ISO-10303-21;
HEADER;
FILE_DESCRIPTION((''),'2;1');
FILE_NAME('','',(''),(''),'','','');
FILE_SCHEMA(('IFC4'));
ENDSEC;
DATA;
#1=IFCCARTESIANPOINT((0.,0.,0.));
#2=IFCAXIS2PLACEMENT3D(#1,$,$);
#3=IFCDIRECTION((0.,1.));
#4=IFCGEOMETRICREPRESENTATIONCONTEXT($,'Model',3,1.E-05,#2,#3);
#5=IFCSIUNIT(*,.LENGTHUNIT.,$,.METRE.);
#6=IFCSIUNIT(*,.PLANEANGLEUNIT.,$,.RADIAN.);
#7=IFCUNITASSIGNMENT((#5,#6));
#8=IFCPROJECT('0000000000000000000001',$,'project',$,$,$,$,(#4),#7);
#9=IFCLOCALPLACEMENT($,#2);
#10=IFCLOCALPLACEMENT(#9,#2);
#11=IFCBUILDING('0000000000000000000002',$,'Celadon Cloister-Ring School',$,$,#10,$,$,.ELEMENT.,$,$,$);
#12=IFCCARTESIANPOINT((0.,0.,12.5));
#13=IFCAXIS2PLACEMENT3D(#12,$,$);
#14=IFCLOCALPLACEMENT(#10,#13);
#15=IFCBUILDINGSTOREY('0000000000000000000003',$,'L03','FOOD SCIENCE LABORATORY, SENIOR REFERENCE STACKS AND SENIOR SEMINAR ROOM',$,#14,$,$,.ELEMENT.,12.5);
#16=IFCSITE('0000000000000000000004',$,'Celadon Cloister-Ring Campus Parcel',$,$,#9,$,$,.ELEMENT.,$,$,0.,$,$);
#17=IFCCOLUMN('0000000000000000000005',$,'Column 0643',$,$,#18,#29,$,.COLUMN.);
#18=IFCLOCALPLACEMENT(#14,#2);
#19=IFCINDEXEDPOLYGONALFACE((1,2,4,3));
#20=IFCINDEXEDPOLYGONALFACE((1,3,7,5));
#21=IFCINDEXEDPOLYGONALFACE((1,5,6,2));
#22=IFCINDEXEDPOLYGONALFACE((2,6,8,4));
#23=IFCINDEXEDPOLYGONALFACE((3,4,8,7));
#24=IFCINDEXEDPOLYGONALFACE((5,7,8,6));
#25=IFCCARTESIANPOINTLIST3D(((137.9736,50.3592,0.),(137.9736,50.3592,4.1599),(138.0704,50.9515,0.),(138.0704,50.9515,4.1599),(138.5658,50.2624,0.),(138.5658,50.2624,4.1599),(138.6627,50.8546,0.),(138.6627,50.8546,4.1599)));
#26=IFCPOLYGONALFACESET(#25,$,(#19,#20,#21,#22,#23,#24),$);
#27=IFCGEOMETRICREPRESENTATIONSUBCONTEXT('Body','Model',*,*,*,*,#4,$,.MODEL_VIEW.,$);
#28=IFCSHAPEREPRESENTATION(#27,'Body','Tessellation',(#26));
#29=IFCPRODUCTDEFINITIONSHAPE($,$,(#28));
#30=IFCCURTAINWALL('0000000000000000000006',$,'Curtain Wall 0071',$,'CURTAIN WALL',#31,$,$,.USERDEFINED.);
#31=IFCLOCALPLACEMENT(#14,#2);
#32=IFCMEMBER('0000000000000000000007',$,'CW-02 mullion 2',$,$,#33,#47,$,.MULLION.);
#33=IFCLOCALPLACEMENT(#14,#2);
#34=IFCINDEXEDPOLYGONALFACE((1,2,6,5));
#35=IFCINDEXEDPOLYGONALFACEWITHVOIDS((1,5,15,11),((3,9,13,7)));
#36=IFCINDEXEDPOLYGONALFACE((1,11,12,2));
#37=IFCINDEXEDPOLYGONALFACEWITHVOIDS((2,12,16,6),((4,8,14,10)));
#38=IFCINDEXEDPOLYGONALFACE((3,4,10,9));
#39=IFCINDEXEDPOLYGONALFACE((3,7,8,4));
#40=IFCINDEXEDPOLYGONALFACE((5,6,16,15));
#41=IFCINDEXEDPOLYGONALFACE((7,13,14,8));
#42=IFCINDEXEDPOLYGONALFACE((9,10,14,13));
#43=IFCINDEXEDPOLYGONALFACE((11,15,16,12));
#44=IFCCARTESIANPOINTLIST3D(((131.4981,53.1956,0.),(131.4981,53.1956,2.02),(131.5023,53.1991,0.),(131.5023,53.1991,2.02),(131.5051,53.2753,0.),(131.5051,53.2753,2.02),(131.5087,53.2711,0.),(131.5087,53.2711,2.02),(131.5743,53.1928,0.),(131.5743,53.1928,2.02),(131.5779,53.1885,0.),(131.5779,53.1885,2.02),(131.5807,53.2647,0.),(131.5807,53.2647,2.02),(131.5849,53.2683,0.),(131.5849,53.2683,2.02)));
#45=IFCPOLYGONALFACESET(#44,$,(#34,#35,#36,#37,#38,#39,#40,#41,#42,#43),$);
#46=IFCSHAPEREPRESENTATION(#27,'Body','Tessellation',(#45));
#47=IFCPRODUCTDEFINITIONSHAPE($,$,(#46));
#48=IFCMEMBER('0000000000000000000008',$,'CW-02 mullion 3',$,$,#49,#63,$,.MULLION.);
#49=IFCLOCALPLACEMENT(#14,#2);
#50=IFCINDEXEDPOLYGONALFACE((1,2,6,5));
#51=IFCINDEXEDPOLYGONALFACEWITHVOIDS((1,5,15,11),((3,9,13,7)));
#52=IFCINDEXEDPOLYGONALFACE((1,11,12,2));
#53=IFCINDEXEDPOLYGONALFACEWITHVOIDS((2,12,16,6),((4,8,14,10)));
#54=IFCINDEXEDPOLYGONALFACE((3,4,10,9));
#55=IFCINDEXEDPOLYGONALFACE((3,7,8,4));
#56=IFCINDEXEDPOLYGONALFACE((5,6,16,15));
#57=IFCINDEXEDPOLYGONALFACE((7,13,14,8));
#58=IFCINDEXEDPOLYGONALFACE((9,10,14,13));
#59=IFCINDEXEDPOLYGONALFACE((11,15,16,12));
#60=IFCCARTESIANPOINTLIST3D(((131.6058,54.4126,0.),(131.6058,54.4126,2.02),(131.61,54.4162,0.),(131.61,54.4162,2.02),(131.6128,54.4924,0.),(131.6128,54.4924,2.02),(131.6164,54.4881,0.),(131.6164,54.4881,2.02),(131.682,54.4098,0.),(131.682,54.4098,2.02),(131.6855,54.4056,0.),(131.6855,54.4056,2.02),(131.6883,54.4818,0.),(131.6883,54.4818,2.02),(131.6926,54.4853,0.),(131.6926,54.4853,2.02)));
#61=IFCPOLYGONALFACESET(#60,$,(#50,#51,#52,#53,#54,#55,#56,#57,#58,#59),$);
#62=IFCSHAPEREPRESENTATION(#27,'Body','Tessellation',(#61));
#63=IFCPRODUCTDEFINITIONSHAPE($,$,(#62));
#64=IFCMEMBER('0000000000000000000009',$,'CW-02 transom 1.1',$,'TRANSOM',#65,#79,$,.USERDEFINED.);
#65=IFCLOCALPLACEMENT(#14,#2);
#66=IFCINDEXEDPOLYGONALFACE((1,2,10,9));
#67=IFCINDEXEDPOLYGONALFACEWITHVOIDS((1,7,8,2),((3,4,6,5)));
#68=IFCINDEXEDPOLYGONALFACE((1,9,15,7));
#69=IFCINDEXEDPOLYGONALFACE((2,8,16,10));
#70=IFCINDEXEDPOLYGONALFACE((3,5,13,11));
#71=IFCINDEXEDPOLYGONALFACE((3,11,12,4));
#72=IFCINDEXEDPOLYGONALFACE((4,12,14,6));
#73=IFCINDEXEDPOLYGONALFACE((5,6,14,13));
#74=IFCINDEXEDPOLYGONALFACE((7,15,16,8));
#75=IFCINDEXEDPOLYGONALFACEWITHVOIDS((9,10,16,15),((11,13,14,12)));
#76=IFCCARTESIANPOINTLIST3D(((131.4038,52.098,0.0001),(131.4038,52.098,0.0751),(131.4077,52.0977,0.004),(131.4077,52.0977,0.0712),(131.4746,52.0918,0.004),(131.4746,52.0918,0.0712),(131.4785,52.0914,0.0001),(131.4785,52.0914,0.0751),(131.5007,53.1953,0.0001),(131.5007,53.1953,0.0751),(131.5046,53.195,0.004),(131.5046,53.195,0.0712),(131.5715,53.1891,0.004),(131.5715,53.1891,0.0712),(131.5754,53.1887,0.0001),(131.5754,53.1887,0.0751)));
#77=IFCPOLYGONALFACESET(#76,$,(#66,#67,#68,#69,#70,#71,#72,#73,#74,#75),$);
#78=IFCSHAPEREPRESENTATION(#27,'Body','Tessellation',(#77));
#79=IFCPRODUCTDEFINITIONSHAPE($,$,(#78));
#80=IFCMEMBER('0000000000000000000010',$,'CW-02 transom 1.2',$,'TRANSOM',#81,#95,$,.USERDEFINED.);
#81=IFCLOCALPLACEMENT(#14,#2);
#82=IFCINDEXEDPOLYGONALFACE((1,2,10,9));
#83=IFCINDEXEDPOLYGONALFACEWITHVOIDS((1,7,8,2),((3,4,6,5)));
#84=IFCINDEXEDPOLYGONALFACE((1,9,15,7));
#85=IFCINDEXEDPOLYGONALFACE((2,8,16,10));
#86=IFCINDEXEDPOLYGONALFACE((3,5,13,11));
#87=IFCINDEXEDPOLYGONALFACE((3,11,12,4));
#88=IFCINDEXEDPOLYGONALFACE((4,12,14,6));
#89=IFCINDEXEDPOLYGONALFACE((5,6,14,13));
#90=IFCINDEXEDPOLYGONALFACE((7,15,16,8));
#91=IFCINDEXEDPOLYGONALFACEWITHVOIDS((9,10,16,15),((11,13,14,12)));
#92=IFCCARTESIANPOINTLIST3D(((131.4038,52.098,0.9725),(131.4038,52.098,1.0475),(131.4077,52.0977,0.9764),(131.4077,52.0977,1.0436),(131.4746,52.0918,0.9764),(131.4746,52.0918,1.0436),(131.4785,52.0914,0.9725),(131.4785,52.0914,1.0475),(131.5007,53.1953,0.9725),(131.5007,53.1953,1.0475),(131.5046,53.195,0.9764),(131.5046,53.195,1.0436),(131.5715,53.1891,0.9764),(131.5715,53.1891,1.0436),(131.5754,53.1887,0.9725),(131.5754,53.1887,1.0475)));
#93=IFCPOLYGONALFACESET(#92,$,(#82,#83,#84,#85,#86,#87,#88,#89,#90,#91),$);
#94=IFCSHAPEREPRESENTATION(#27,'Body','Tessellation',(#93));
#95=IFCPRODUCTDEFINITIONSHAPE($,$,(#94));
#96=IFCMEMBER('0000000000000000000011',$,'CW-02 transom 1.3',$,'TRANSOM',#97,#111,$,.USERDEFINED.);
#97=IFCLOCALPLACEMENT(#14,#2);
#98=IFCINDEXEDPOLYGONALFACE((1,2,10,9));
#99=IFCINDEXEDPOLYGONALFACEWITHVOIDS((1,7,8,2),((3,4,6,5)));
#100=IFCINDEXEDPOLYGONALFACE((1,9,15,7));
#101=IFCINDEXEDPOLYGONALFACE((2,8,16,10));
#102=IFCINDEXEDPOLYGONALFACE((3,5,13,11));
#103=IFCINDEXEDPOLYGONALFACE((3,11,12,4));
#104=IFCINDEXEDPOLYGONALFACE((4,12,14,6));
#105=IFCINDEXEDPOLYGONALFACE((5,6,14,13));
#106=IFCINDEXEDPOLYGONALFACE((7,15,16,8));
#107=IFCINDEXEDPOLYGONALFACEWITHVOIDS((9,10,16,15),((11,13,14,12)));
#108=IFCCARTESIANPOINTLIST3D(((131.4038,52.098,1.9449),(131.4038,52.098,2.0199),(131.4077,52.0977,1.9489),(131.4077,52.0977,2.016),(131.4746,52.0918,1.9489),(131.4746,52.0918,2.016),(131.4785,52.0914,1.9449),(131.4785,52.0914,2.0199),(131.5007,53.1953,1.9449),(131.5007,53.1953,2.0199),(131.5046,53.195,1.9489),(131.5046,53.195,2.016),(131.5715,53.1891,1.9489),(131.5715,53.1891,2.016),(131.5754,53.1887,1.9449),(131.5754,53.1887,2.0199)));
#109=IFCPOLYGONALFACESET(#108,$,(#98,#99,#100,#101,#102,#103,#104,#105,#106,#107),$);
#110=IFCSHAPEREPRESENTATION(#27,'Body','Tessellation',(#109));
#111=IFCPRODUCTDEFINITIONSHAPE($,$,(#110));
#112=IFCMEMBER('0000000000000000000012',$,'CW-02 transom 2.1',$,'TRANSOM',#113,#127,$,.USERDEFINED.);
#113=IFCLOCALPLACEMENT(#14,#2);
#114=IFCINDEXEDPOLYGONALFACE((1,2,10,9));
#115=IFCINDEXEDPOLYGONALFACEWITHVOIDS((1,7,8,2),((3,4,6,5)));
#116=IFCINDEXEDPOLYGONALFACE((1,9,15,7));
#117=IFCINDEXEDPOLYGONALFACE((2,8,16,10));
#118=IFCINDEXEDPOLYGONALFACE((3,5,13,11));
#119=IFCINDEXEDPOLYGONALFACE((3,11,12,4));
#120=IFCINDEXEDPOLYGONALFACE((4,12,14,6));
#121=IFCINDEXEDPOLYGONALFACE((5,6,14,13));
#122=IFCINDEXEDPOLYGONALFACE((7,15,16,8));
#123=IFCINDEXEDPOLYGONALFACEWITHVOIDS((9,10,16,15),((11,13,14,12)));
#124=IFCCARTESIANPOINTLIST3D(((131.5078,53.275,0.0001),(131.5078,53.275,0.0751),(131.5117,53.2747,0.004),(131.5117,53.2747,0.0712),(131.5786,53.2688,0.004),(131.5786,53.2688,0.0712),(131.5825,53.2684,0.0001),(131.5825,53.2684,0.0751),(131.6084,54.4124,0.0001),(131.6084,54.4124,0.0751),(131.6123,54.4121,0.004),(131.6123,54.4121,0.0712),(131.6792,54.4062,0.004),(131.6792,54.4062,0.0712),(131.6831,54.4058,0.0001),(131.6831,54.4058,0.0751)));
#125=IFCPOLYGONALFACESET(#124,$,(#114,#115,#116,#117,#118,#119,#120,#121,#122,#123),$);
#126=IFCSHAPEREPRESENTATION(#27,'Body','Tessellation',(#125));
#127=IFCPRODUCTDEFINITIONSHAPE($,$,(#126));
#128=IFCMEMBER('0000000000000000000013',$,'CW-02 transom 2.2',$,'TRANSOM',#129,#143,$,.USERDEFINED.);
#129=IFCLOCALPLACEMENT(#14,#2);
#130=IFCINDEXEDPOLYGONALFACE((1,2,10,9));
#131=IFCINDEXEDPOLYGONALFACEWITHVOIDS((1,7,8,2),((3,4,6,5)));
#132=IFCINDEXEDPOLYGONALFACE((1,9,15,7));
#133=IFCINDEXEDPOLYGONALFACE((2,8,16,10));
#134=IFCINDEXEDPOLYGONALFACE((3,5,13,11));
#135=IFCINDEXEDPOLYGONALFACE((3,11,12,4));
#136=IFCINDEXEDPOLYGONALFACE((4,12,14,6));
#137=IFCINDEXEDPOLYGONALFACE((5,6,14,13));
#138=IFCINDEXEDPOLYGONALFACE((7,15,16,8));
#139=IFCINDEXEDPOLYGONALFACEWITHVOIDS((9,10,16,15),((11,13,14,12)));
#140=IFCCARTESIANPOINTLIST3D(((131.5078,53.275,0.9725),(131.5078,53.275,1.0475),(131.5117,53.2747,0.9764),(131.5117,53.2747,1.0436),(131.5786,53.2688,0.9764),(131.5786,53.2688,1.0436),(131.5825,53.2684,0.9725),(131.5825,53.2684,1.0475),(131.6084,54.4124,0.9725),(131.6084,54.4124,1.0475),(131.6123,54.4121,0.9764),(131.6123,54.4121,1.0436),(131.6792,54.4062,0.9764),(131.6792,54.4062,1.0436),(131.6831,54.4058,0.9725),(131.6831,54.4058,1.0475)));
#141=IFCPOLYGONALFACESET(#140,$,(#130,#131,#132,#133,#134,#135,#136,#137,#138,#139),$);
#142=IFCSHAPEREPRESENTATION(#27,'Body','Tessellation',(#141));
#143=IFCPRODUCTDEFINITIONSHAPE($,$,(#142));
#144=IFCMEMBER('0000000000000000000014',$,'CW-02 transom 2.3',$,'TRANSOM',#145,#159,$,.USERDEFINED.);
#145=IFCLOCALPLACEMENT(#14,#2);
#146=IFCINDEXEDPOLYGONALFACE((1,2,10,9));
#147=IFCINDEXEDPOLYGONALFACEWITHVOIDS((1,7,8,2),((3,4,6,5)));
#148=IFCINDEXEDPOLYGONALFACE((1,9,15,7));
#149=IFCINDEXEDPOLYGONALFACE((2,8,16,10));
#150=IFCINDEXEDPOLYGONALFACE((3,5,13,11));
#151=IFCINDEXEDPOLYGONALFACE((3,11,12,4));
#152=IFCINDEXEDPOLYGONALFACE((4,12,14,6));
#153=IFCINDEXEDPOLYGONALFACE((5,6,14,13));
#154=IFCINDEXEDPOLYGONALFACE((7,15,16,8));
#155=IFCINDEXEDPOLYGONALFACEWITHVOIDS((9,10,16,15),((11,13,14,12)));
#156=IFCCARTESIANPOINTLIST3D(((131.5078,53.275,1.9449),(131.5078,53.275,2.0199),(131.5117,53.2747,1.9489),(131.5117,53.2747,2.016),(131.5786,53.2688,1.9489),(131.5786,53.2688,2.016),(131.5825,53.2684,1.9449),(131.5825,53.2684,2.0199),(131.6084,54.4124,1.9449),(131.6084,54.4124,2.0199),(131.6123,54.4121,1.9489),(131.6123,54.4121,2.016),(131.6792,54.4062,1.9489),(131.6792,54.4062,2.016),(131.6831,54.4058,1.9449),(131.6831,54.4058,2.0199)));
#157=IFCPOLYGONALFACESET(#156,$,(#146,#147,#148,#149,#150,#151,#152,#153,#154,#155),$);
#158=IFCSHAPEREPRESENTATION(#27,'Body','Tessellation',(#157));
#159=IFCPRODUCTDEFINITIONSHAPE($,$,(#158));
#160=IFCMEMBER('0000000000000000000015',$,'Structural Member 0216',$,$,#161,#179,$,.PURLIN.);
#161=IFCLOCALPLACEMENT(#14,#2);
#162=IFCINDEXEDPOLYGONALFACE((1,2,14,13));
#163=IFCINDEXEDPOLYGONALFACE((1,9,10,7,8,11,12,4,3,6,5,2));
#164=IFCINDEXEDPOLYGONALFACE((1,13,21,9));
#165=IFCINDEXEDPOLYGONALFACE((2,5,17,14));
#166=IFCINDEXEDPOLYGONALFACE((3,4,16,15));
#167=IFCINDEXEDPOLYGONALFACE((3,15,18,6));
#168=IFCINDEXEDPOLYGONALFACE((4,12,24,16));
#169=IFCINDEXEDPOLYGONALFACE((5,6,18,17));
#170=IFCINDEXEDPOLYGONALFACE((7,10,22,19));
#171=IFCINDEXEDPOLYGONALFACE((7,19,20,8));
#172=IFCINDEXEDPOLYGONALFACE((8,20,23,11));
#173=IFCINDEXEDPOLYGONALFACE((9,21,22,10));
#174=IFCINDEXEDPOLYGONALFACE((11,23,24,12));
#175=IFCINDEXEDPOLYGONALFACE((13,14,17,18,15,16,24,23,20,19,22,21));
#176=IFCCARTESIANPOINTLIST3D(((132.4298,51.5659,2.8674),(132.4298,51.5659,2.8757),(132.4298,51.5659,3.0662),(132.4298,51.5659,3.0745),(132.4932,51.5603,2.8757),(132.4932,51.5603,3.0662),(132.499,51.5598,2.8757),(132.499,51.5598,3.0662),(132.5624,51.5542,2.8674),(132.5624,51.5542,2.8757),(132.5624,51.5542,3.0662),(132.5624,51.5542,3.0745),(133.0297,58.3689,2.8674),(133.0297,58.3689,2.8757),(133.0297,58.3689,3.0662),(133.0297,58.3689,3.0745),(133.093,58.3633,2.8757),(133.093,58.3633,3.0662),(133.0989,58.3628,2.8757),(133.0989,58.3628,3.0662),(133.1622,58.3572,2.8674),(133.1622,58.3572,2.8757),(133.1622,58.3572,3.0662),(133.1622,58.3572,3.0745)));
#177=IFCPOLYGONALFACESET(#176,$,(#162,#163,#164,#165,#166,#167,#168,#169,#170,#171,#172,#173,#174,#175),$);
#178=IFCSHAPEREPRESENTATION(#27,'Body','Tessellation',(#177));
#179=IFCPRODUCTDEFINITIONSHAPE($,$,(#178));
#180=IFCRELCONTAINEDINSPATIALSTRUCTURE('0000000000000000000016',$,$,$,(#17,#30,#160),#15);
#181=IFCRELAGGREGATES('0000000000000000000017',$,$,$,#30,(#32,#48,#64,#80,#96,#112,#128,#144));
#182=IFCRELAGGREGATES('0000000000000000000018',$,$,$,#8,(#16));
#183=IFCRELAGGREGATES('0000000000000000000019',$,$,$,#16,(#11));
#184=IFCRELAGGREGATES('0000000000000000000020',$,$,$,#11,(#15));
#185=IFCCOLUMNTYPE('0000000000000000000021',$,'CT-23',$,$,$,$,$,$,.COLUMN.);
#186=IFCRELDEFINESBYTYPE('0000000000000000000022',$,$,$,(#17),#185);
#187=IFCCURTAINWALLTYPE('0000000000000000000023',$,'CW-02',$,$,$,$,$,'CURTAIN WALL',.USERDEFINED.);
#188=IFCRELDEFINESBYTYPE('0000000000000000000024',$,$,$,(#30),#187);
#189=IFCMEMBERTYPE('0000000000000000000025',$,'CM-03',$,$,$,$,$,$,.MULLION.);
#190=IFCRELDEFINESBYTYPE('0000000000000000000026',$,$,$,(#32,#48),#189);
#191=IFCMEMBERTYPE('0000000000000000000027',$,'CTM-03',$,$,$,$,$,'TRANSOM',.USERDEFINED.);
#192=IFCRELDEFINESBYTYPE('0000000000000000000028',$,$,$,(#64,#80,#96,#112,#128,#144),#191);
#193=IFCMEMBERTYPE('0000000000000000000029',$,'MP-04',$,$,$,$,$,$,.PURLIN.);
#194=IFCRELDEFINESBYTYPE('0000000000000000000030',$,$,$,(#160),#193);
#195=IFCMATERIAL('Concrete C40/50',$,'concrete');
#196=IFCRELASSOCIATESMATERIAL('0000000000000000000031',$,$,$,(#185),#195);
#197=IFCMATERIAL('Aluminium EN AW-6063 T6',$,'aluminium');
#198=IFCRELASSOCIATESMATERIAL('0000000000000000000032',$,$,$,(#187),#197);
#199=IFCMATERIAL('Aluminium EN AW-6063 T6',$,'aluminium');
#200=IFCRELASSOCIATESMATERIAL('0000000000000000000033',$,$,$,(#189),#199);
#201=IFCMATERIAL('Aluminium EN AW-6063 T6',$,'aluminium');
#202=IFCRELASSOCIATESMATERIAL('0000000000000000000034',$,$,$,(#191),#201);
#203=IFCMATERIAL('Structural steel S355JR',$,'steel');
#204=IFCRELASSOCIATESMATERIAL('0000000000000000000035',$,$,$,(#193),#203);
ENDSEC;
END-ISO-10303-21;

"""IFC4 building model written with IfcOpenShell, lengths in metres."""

from ifc_helpers import new_model, si_unit, direction, frame, origin, origin_2d, place, context, subcontext, project, spatial, rectangle, hollow_rectangle, i_section, extrude, material, material_profile, profile_set, type_object, element, aggregate, save


model = new_model("IFC4")

# Units and contexts
model_context = context("Model", 3, precision=1e-05, world=origin(), true_north=direction((0.0, 1.0)))
body_context = subcontext(model_context, "Body", "Model", "MODEL_VIEW")
ifc_project = project(units=[si_unit("LENGTHUNIT", "METRE"), si_unit("PLANEANGLEUNIT", "RADIAN")], contexts=[model_context])

# Site, building, storey
site_placement = place(None, origin())
site = spatial("IfcSite", under=ifc_project, at=site_placement, Name="Celadon Cloister-Ring Campus Parcel", CompositionType="ELEMENT", RefElevation=0.0)
building_placement = place(site_placement, origin())
building = spatial("IfcBuilding", under=site, at=building_placement, Name="Celadon Cloister-Ring School", CompositionType="ELEMENT")
storey_placement = place(building_placement, frame((0.0, 0.0, 12.5)))
storey = spatial("IfcBuildingStorey", under=building, at=storey_placement, Name="L03", Description="FOOD SCIENCE LABORATORY, SENIOR REFERENCE STACKS AND SENIOR SEMINAR ROOM", CompositionType="ELEMENT", Elevation=12.5)

# Column
ifc_material_1 = material(Name="Concrete C40/50", Category="concrete")
ifc_material_profile_1 = material_profile(ifc_material_1, rectangle(XDim=0.6001, YDim=0.6001, at=origin_2d()), Name="RC600X600")
ifc_profile_set_1 = profile_set([ifc_material_profile_1], Name="Concrete C40/50")
column_type = type_object("IfcColumnType", Name="CT-23", PredefinedType="COLUMN", material=ifc_profile_set_1)
column_placement = place(storey_placement, frame((138.3181, 50.6069, 0.0), z_axis=(0.0, 0.0, 1.0), x_axis=(0.98689, -0.161397, 0.0)))
element("IfcColumn", 1, at=column_placement, inside=storey, type_object=column_type, Name="Column 0643", PredefinedType="COLUMN", context=body_context, shape_type="SweptSolid", body=[
    extrude(rectangle(XDim=0.6001, YDim=0.6001, at=origin_2d()), origin(), (0.0, 0.0, 1.0), 4.1599),
])

# Curtain wall, members
ifc_material_2 = material(Name="Aluminium EN AW-6063 T6", Category="aluminium")
curtain_wall_type = type_object("IfcCurtainWallType", Name="CW-02", ElementType="CURTAIN WALL", PredefinedType="USERDEFINED", material=ifc_material_2)
curtain_wall_placement = place(storey_placement, origin())
curtain_wall = element("IfcCurtainWall", 2, at=curtain_wall_placement, inside=storey, type_object=curtain_wall_type, Name="Curtain Wall 0071", ObjectType="CURTAIN WALL", PredefinedType="USERDEFINED")
ifc_material_3 = material(Name="Aluminium EN AW-6063 T6", Category="aluminium")
ifc_material_profile_2 = material_profile(ifc_material_3, hollow_rectangle(XDim=0.0801, YDim=0.0801, WallThickness=0.0039, at=origin_2d()), Name="RHS80X80X4")
ifc_profile_set_2 = profile_set([ifc_material_profile_2], Name="Aluminium EN AW-6063 T6")
member_type_1 = type_object("IfcMemberType", Name="CM-03", PredefinedType="MULLION", material=ifc_profile_set_2)
member_1_placement = place(storey_placement, frame((131.5415, 53.2319, 0.0), z_axis=(0.0, 0.0, 1.0), x_axis=(-0.996114, 0.088071, 0.0)))
member_1 = element("IfcMember", 3, at=member_1_placement, type_object=member_type_1, Name="CW-02 mullion 2", PredefinedType="MULLION", context=body_context, shape_type="SweptSolid", body=[
    extrude(hollow_rectangle(XDim=0.0801, YDim=0.0801, WallThickness=0.0039, at=origin_2d()), origin(), (0.0, 0.0, 1.0), 2.02),
])
member_2_placement = place(storey_placement, frame((131.6492, 54.449, 0.0), z_axis=(0.0, 0.0, 1.0), x_axis=(-0.996114, 0.088071, 0.0)))
member_2 = element("IfcMember", 4, at=member_2_placement, type_object=member_type_1, Name="CW-02 mullion 3", PredefinedType="MULLION", context=body_context, shape_type="SweptSolid", body=[
    extrude(hollow_rectangle(XDim=0.0801, YDim=0.0801, WallThickness=0.0039, at=origin_2d()), origin(), (0.0, 0.0, 1.0), 2.02),
])
ifc_material_4 = material(Name="Aluminium EN AW-6063 T6", Category="aluminium")
ifc_material_profile_3 = material_profile(ifc_material_4, hollow_rectangle(XDim=0.075, YDim=0.075, WallThickness=0.0039, at=origin_2d()), Name="RHS75X75X4")
ifc_profile_set_3 = profile_set([ifc_material_profile_3], Name="Aluminium EN AW-6063 T6")
member_type_2 = type_object("IfcMemberType", Name="CTM-03", ElementType="TRANSOM", PredefinedType="USERDEFINED", material=ifc_profile_set_3)
member_3_placement = place(storey_placement, frame((131.4412, 52.0947, 0.0376), z_axis=(0.087978, 0.996122, 0.0), x_axis=(-0.996122, 0.087978, 0.0)))
member_3 = element("IfcMember", 5, at=member_3_placement, type_object=member_type_2, Name="CW-02 transom 1.1", ObjectType="TRANSOM", PredefinedType="USERDEFINED", context=body_context, shape_type="SweptSolid", body=[
    extrude(hollow_rectangle(XDim=0.075, YDim=0.075, WallThickness=0.0039, at=origin_2d()), origin(), (0.0, 0.0, 1.0), 1.1016),
])
member_4_placement = place(storey_placement, frame((131.4412, 52.0947, 1.01), z_axis=(0.087978, 0.996122, 0.0), x_axis=(-0.996122, 0.087978, 0.0)))
member_4 = element("IfcMember", 6, at=member_4_placement, type_object=member_type_2, Name="CW-02 transom 1.2", ObjectType="TRANSOM", PredefinedType="USERDEFINED", context=body_context, shape_type="SweptSolid", body=[
    extrude(hollow_rectangle(XDim=0.075, YDim=0.075, WallThickness=0.0039, at=origin_2d()), origin(), (0.0, 0.0, 1.0), 1.1016),
])
member_5_placement = place(storey_placement, frame((131.4412, 52.0947, 1.9824), z_axis=(0.087978, 0.996122, 0.0), x_axis=(-0.996122, 0.087978, 0.0)))
member_5 = element("IfcMember", 7, at=member_5_placement, type_object=member_type_2, Name="CW-02 transom 1.3", ObjectType="TRANSOM", PredefinedType="USERDEFINED", context=body_context, shape_type="SweptSolid", body=[
    extrude(hollow_rectangle(XDim=0.075, YDim=0.075, WallThickness=0.0039, at=origin_2d()), origin(), (0.0, 0.0, 1.0), 1.1016),
])
member_6_placement = place(storey_placement, frame((131.5452, 53.2717, 0.0376), z_axis=(0.088087, 0.996113, 0.0), x_axis=(-0.996113, 0.088087, 0.0)))
member_6 = element("IfcMember", 8, at=member_6_placement, type_object=member_type_2, Name="CW-02 transom 2.1", ObjectType="TRANSOM", PredefinedType="USERDEFINED", context=body_context, shape_type="SweptSolid", body=[
    extrude(hollow_rectangle(XDim=0.075, YDim=0.075, WallThickness=0.0039, at=origin_2d()), origin(), (0.0, 0.0, 1.0), 1.1418),
])
member_7_placement = place(storey_placement, frame((131.5452, 53.2717, 1.01), z_axis=(0.088087, 0.996113, 0.0), x_axis=(-0.996113, 0.088087, 0.0)))
member_7 = element("IfcMember", 9, at=member_7_placement, type_object=member_type_2, Name="CW-02 transom 2.2", ObjectType="TRANSOM", PredefinedType="USERDEFINED", context=body_context, shape_type="SweptSolid", body=[
    extrude(hollow_rectangle(XDim=0.075, YDim=0.075, WallThickness=0.0039, at=origin_2d()), origin(), (0.0, 0.0, 1.0), 1.1418),
])
member_8_placement = place(storey_placement, frame((131.5452, 53.2717, 1.9824), z_axis=(0.088087, 0.996113, 0.0), x_axis=(-0.996113, 0.088087, 0.0)))
member_8 = element("IfcMember", 10, at=member_8_placement, type_object=member_type_2, Name="CW-02 transom 2.3", ObjectType="TRANSOM", PredefinedType="USERDEFINED", context=body_context, shape_type="SweptSolid", body=[
    extrude(hollow_rectangle(XDim=0.075, YDim=0.075, WallThickness=0.0039, at=origin_2d()), origin(), (0.0, 0.0, 1.0), 1.1418),
])

# Member
ifc_material_5 = material(Name="Structural steel S355JR", Category="steel")
ifc_material_profile_4 = material_profile(ifc_material_5, i_section(OverallWidth=0.1331, OverallDepth=0.207, WebThickness=0.0059, FlangeThickness=0.0083, at=origin_2d()), Name="W200X27")
ifc_profile_set_4 = profile_set([ifc_material_profile_4], Name="Structural steel S355JR")
member_type_3 = type_object("IfcMemberType", Name="MP-04", PredefinedType="PURLIN", material=ifc_profile_set_4)
member_9_placement = place(storey_placement, frame((132.4961, 51.5601, 2.9709), z_axis=(0.087834, 0.996135, 0.0), x_axis=(-0.996135, 0.087834, 0.0)))
element("IfcMember", 11, at=member_9_placement, inside=storey, type_object=member_type_3, Name="Structural Member 0216", PredefinedType="PURLIN", context=body_context, shape_type="SweptSolid", body=[
    extrude(i_section(OverallWidth=0.1331, OverallDepth=0.207, WebThickness=0.0059, FlangeThickness=0.0083, at=origin_2d()), origin(), (0.0, 0.0, 1.0), 6.8293),
])

aggregate(curtain_wall, [member_1, member_2, member_3, member_4, member_5, member_6, member_7, member_8])

save(model, "model.ifc")
